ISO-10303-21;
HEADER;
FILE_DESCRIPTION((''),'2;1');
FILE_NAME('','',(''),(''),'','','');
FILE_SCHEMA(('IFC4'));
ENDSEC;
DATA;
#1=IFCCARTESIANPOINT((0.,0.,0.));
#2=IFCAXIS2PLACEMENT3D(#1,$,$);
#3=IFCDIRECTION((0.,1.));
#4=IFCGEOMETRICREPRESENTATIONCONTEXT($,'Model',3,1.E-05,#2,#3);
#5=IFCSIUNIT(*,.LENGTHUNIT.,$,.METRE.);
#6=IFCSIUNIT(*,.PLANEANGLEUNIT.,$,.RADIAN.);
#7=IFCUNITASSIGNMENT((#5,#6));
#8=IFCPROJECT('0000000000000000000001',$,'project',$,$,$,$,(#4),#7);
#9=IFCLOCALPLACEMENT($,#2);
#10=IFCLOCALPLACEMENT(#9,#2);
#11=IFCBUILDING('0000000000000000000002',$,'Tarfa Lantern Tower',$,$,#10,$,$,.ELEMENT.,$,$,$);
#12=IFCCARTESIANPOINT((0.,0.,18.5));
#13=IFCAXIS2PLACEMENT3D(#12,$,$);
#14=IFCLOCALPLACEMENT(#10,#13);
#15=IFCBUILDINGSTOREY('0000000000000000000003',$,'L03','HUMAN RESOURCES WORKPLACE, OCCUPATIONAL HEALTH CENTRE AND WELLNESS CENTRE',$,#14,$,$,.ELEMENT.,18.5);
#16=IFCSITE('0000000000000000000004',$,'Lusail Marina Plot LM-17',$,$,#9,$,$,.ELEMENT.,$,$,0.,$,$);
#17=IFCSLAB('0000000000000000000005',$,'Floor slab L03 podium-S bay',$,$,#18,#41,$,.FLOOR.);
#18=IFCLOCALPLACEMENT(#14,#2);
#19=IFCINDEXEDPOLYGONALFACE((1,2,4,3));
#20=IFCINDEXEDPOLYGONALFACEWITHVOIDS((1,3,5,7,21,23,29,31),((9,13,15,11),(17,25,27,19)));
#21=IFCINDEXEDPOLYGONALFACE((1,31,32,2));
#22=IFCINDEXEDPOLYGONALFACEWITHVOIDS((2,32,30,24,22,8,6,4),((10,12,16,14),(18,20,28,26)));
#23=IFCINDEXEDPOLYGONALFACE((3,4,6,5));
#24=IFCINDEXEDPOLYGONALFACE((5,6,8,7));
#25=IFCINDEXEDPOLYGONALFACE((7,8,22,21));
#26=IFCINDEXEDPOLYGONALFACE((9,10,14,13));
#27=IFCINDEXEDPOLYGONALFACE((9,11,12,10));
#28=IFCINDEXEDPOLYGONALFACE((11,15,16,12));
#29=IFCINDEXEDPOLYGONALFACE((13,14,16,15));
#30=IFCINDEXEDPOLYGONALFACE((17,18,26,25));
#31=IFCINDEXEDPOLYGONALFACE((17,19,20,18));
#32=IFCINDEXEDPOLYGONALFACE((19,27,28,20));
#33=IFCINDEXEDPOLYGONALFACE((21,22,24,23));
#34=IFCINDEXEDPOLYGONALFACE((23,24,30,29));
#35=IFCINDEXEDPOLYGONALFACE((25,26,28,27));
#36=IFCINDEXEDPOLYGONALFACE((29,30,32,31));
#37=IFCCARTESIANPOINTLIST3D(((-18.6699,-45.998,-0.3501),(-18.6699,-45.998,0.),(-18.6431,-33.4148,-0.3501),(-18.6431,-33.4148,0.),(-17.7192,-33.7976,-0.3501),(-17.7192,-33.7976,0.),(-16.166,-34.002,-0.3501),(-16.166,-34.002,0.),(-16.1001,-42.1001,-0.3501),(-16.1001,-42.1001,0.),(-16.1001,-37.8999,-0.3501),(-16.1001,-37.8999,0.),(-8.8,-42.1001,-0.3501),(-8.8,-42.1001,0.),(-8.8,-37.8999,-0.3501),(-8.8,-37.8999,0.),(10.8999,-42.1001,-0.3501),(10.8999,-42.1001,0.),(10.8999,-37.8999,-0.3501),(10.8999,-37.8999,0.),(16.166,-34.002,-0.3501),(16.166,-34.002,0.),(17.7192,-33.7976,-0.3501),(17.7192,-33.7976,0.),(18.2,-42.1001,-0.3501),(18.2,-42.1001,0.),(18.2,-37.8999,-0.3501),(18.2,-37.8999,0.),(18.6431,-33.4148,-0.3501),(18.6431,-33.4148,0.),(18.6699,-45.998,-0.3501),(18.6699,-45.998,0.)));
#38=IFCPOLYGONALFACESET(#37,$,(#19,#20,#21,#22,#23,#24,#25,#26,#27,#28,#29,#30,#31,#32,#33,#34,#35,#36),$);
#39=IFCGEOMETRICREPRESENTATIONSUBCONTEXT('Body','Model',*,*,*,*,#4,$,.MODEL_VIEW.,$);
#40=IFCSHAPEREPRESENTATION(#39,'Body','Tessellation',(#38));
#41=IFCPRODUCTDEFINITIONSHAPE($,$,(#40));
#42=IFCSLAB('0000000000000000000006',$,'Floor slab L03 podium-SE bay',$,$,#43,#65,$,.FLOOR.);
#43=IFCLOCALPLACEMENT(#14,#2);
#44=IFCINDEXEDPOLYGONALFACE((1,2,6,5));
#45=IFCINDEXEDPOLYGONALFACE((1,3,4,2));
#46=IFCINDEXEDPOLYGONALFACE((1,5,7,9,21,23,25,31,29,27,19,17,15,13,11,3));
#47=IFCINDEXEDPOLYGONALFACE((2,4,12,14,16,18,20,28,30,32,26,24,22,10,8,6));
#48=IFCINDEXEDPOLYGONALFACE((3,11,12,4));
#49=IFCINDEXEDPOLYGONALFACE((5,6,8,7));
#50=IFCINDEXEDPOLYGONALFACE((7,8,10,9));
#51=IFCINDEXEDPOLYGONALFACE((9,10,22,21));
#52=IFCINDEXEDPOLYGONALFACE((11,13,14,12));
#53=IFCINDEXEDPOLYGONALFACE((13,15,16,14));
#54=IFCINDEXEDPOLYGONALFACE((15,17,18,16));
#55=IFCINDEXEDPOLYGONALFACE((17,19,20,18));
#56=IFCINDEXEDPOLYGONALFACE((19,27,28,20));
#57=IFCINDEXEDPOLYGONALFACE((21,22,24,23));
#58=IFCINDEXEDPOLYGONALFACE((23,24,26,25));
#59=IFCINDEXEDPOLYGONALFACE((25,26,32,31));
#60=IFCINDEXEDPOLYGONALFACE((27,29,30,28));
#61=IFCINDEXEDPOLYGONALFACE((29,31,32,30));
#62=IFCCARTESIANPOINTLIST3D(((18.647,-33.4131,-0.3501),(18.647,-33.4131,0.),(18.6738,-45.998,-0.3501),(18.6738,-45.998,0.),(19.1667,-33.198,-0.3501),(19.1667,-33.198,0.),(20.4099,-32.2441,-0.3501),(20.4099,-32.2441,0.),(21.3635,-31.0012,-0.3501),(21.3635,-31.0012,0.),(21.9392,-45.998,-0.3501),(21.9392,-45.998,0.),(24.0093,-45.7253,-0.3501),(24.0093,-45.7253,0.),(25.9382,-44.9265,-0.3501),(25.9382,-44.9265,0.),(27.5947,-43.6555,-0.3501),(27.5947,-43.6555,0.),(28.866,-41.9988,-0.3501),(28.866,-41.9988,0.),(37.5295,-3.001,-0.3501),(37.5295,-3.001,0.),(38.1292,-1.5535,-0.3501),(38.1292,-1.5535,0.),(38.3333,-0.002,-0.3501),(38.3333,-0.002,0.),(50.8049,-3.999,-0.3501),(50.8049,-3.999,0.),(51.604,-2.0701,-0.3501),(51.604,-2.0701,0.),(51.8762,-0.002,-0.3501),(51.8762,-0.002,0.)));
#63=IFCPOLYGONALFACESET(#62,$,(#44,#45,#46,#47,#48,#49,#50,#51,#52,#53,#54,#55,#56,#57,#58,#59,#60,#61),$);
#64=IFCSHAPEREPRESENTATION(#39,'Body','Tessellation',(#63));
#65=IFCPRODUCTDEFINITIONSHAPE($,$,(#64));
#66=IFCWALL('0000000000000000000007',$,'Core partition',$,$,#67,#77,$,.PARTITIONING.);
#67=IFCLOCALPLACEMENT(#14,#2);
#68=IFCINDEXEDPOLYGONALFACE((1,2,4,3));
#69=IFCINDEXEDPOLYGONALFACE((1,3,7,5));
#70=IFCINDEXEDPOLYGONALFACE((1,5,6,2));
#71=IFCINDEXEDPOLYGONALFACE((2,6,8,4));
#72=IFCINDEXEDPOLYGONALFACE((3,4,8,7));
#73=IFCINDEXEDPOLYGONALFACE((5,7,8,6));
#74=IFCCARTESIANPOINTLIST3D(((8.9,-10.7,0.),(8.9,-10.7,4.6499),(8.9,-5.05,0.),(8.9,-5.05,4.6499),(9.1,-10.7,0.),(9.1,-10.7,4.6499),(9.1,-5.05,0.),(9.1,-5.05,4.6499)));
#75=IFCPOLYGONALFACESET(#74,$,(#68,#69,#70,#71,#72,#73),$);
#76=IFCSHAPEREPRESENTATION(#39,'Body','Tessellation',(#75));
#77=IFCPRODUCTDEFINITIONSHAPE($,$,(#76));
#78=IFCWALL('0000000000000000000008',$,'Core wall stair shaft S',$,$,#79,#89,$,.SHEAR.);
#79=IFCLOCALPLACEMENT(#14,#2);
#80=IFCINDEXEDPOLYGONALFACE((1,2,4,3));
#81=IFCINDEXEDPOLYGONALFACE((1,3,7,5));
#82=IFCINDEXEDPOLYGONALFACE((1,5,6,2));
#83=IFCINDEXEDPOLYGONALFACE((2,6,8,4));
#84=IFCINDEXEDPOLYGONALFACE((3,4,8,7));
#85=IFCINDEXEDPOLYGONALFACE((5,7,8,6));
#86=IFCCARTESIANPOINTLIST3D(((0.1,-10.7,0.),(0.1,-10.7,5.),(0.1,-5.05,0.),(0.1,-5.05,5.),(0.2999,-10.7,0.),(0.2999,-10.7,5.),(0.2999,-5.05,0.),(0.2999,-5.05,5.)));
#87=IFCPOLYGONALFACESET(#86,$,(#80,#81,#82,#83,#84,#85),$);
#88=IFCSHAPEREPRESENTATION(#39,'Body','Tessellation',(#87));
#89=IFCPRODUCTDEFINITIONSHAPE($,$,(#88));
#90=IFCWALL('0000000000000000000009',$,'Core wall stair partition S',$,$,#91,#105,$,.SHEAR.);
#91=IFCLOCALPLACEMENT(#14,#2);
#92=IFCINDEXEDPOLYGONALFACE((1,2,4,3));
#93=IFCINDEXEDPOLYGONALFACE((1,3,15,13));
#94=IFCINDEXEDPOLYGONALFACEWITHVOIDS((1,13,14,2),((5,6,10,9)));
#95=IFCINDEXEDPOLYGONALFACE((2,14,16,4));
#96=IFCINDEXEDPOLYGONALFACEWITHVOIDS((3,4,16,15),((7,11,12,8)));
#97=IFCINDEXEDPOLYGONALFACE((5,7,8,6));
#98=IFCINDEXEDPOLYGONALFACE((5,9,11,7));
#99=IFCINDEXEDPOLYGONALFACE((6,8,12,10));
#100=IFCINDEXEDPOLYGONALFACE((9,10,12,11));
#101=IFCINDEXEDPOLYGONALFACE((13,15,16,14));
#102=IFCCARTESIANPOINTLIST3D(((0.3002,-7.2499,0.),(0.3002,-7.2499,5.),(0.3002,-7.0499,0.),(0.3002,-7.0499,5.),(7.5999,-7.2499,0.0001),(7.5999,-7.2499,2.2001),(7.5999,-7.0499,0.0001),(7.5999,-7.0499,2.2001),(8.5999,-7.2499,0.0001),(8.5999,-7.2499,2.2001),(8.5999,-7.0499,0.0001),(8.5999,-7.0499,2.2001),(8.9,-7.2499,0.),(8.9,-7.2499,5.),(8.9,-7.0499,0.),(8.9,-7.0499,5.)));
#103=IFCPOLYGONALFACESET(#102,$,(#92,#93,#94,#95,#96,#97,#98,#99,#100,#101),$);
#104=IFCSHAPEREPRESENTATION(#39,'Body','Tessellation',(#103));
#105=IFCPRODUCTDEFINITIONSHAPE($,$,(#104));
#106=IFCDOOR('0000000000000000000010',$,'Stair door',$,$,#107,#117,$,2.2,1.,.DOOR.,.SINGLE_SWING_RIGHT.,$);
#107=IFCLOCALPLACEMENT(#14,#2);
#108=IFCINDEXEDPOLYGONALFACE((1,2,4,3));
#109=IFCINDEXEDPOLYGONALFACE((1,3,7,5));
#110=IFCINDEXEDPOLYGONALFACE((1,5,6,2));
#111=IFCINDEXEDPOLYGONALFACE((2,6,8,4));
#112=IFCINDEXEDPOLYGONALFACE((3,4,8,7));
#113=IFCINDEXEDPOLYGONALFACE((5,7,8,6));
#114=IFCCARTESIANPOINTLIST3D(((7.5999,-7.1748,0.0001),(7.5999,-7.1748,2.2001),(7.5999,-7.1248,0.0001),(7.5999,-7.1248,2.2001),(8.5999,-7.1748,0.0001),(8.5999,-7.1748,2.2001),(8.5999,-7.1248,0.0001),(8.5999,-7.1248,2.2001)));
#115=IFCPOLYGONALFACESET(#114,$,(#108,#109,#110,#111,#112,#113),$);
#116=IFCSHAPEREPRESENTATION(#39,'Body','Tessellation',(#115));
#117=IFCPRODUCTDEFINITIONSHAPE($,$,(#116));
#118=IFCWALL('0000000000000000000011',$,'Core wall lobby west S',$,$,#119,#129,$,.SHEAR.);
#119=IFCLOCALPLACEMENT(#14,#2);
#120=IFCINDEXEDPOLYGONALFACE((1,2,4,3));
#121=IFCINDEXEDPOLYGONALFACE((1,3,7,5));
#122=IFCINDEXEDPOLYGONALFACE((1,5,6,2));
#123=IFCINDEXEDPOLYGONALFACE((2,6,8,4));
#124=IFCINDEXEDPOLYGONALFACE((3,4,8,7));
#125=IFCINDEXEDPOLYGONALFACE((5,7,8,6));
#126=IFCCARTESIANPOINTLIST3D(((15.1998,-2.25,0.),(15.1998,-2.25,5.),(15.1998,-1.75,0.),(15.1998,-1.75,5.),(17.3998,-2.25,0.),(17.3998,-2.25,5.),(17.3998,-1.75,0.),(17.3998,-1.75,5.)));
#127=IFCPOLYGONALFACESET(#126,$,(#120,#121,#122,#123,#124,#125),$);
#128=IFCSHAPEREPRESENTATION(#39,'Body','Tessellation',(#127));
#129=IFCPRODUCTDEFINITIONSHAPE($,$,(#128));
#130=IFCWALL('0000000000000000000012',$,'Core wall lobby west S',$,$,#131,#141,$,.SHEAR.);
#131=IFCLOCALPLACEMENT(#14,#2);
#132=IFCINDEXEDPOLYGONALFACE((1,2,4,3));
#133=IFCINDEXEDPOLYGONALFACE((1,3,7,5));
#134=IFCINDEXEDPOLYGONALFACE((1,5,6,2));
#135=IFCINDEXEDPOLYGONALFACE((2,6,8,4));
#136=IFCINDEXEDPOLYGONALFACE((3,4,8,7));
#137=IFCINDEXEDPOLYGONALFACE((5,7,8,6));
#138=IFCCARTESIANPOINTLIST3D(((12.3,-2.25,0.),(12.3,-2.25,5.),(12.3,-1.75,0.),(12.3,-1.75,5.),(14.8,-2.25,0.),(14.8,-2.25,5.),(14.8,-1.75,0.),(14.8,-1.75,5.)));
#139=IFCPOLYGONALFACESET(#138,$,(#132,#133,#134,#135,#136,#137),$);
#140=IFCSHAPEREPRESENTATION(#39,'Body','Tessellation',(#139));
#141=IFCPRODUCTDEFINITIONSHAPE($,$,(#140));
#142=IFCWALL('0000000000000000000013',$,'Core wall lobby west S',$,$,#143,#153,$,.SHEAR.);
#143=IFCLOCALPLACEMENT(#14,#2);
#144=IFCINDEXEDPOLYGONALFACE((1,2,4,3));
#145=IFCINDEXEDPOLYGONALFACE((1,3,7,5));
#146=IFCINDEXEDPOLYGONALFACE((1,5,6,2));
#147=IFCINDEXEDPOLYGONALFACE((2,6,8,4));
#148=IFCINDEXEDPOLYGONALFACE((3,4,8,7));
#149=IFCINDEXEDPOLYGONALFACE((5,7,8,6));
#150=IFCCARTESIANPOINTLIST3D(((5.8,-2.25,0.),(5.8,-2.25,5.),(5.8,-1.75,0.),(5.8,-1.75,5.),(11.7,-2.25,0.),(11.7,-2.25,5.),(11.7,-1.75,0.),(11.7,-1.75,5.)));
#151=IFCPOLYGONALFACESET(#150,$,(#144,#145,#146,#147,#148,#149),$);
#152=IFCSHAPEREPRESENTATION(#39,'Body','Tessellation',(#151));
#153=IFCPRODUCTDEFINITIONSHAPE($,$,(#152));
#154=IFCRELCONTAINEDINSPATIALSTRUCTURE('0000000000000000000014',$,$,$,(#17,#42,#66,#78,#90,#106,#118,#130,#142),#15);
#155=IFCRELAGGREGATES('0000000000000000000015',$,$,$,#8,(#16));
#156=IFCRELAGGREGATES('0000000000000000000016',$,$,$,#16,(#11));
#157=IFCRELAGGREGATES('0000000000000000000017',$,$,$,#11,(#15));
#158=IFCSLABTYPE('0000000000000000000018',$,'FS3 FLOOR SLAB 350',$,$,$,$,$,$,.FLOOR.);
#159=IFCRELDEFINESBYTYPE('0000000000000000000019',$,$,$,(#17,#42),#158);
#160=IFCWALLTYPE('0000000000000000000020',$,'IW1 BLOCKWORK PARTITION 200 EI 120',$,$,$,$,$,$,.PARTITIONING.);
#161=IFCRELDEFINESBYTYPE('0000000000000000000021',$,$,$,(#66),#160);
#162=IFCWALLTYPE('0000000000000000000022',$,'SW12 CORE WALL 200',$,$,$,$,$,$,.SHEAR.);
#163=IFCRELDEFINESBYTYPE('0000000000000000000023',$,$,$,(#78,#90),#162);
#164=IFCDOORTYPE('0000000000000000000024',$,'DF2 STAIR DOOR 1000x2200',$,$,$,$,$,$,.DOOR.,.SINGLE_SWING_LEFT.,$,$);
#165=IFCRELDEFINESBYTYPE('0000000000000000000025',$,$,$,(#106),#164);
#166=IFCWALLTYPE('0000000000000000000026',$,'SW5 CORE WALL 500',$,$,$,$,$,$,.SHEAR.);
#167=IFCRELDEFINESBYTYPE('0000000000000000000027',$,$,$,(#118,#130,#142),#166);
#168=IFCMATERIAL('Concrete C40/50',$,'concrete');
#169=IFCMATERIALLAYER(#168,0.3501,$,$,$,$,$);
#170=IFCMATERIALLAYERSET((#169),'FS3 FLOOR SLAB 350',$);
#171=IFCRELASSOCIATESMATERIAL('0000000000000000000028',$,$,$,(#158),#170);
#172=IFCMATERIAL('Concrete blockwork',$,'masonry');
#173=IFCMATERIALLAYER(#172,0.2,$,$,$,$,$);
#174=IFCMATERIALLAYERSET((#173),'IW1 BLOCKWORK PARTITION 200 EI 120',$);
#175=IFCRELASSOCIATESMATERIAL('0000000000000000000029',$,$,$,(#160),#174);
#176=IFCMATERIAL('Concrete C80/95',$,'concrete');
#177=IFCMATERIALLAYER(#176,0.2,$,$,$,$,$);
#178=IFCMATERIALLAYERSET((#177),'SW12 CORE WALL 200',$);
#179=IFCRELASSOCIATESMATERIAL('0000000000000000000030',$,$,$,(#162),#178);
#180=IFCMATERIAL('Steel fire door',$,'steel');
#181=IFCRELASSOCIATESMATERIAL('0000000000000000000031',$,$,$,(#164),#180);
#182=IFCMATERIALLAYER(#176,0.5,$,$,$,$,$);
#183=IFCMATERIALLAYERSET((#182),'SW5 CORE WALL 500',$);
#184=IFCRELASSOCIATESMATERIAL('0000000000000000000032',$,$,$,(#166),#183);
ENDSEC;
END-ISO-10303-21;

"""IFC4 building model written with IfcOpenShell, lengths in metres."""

from ifc_helpers import new_model, si_unit, direction, frame, frame_2d, origin, place, context, subcontext, project, spatial, polyline, rectangle, outline, extrude, material, layer, layer_set, type_object, element, fill, save


model = new_model("IFC4")

# Units and contexts
model_context = context("Model", 3, precision=1e-05, world=origin(), true_north=direction((0.0, 1.0)))
body_context = subcontext(model_context, "Body", "Model", "MODEL_VIEW")
ifc_project = project(units=[si_unit("LENGTHUNIT", "METRE"), si_unit("PLANEANGLEUNIT", "RADIAN")], contexts=[model_context])

# Site, building, storey
site_placement = place(None, origin())
site = spatial("IfcSite", under=ifc_project, at=site_placement, Name="Lusail Marina Plot LM-17", CompositionType="ELEMENT", RefElevation=0.0)
building_placement = place(site_placement, origin())
building = spatial("IfcBuilding", under=site, at=building_placement, Name="Tarfa Lantern Tower", CompositionType="ELEMENT")
storey_placement = place(building_placement, frame((0.0, 0.0, 18.5)))
storey = spatial("IfcBuildingStorey", under=building, at=storey_placement, Name="L03", Description="HUMAN RESOURCES WORKPLACE, OCCUPATIONAL HEALTH CENTRE AND WELLNESS CENTRE", CompositionType="ELEMENT", Elevation=18.5)

# Slabs
ifc_material_1 = material(Name="Concrete C40/50", Category="concrete")
ifc_layer_1 = layer(ifc_material_1, 0.3501)
ifc_layer_set_1 = layer_set([ifc_layer_1], Name="FS3 FLOOR SLAB 350")
slab_type = type_object("IfcSlabType", Name="FS3 FLOOR SLAB 350", PredefinedType="FLOOR", material=ifc_layer_set_1)
slab_1_placement = place(storey_placement, frame((0.0, 0.0, -0.3501)))
element("IfcSlab", 1, at=slab_1_placement, inside=storey, type_object=slab_type, Name="Floor slab L03 podium-S bay", PredefinedType="FLOOR", context=body_context, shape_type="SweptSolid", body=[
    extrude(outline(polyline([(18.6431, -33.4148), (17.7192, -33.7976), (16.166, -34.002), (-16.166, -34.002), (-17.7192, -33.7976), (-18.6431, -33.4148), (-18.6699, -45.998), (18.6699, -45.998), (18.6431, -33.4148)]), holes=[polyline([(-16.1001, -42.1001), (-8.8, -42.1001), (-8.8, -37.8999), (-16.1001, -37.8999), (-16.1001, -42.1001)]), polyline([(10.8999, -42.1001), (18.2, -42.1001), (18.2, -37.8999), (10.8999, -37.8999), (10.8999, -42.1001)])]), origin(), (0.0, 0.0, 1.0), 0.3501),
])
slab_2_placement = place(storey_placement, frame((0.0, 0.0, -0.3501)))
element("IfcSlab", 2, at=slab_2_placement, inside=storey, type_object=slab_type, Name="Floor slab L03 podium-SE bay", PredefinedType="FLOOR", context=body_context, shape_type="SweptSolid", body=[
    extrude(outline(polyline([(38.3333, -0.002), (38.1292, -1.5535), (37.5295, -3.001), (21.3635, -31.0012), (20.4099, -32.2441), (19.1667, -33.198), (18.647, -33.4131), (18.6738, -45.998), (21.9392, -45.998), (24.0093, -45.7253), (25.9382, -44.9265), (27.5947, -43.6555), (28.866, -41.9988), (50.8049, -3.999), (51.604, -2.0701), (51.8762, -0.002), (38.3333, -0.002)])), origin(), (0.0, 0.0, 1.0), 0.3501),
])

# Walls
ifc_material_2 = material(Name="Concrete blockwork", Category="masonry")
ifc_layer_2 = layer(ifc_material_2, 0.2)
ifc_layer_set_2 = layer_set([ifc_layer_2], Name="IW1 BLOCKWORK PARTITION 200 EI 120")
wall_type_1 = type_object("IfcWallType", Name="IW1 BLOCKWORK PARTITION 200 EI 120", PredefinedType="PARTITIONING", material=ifc_layer_set_2)
wall_1_placement = place(storey_placement, frame((9.0, -5.05, 0.0), z_axis=(0.0, 0.0, 1.0), x_axis=(0.0, -1.0, 0.0)))
element("IfcWall", 3, at=wall_1_placement, inside=storey, type_object=wall_type_1, Name="Core partition", PredefinedType="PARTITIONING", context=body_context, shape_type="SweptSolid", body=[
    extrude(rectangle(XDim=5.6499, YDim=0.2, at=frame_2d((2.825, 0.0))), origin(), (0.0, 0.0, 1.0), 4.6499),
])
ifc_material_3 = material(Name="Concrete C80/95", Category="concrete")
ifc_layer_3 = layer(ifc_material_3, 0.2)
ifc_layer_set_3 = layer_set([ifc_layer_3], Name="SW12 CORE WALL 200")
wall_type_2 = type_object("IfcWallType", Name="SW12 CORE WALL 200", PredefinedType="SHEAR", material=ifc_layer_set_3)
wall_2_placement = place(storey_placement, frame((0.2, -5.05, 0.0), z_axis=(0.0, 0.0, 1.0), x_axis=(0.0, -1.0, 0.0)))
element("IfcWall", 4, at=wall_2_placement, inside=storey, type_object=wall_type_2, Name="Core wall stair shaft S", PredefinedType="SHEAR", context=body_context, shape_type="SweptSolid", body=[
    extrude(rectangle(XDim=5.6499, YDim=0.2, at=frame_2d((2.825, 0.0))), origin(), (0.0, 0.0, 1.0), 5.0),
])

# Wall, opening, door
wall_3_placement = place(storey_placement, frame((8.8999, -7.1499, 0.0), z_axis=(0.0, 0.0, 1.0), x_axis=(-1.0, 0.0, 0.0)))
wall_3 = element("IfcWall", 5, at=wall_3_placement, inside=storey, type_object=wall_type_2, Name="Core wall stair partition S", PredefinedType="SHEAR", context=body_context, shape_type="SweptSolid", body=[
    extrude(rectangle(XDim=8.5999, YDim=0.2, at=frame_2d((4.2998, 0.0))), origin(), (0.0, 0.0, 1.0), 5.0),
])
opening_1_placement = place(wall_3_placement, frame((0.3, 0.0, 0.0)))
opening_1 = element("IfcOpeningElement", 6, at=opening_1_placement, cuts=wall_3, PredefinedType="OPENING", context=body_context, shape_type="SweptSolid", body=[
    extrude(rectangle(XDim=1.0, YDim=2.2, at=frame_2d((0.5, 1.1001))), frame((0.0, 0.1099, 0.0), z_axis=(0.0, -1.0, 0.0), x_axis=(1.0, 0.0, 0.0)), (0.0, 0.0, 1.0), 0.22),
])
ifc_material_4 = material(Name="Steel fire door", Category="steel")
door_type_1 = type_object("IfcDoorType", Name="DF2 STAIR DOOR 1000x2200", OperationType="SINGLE_SWING_LEFT", PredefinedType="DOOR", material=ifc_material_4)
door_1_placement = place(opening_1_placement, origin())
door_1 = element("IfcDoor", 7, at=door_1_placement, inside=storey, type_object=door_type_1, Name="Stair door", OperationType="SINGLE_SWING_RIGHT", OverallHeight=2.2, OverallWidth=1.0, PredefinedType="DOOR", context=body_context, shape_type="SweptSolid", body=[
    extrude(rectangle(XDim=1.0, YDim=2.2, at=frame_2d((0.5, 1.1001))), frame((0.0, 0.0249, 0.0), z_axis=(0.0, -1.0, 0.0), x_axis=(1.0, 0.0, 0.0)), (0.0, 0.0, 1.0), 0.05),
])
fill(opening_1, door_1)

# Walls
ifc_layer_4 = layer(ifc_material_3, 0.5)
ifc_layer_set_4 = layer_set([ifc_layer_4], Name="SW5 CORE WALL 500")
wall_type_3 = type_object("IfcWallType", Name="SW5 CORE WALL 500", PredefinedType="SHEAR", material=ifc_layer_set_4)
wall_4_placement = place(storey_placement, frame((17.3999, -2.0, 0.0), z_axis=(0.0, 0.0, 1.0), x_axis=(-1.0, 0.0, 0.0)))
element("IfcWall", 8, at=wall_4_placement, inside=storey, type_object=wall_type_3, Name="Core wall lobby west S", PredefinedType="SHEAR", context=body_context, shape_type="SweptSolid", body=[
    extrude(rectangle(XDim=2.2, YDim=0.5, at=frame_2d((1.1001, 0.0))), origin(), (0.0, 0.0, 1.0), 5.0),
])
wall_5_placement = place(storey_placement, frame((14.8, -2.0, 0.0), z_axis=(0.0, 0.0, 1.0), x_axis=(-1.0, 0.0, 0.0)))
element("IfcWall", 9, at=wall_5_placement, inside=storey, type_object=wall_type_3, Name="Core wall lobby west S", PredefinedType="SHEAR", context=body_context, shape_type="SweptSolid", body=[
    extrude(rectangle(XDim=2.5, YDim=0.5, at=frame_2d((1.25, 0.0))), origin(), (0.0, 0.0, 1.0), 5.0),
])
wall_6_placement = place(storey_placement, frame((11.7, -2.0, 0.0), z_axis=(0.0, 0.0, 1.0), x_axis=(-1.0, 0.0, 0.0)))
element("IfcWall", 10, at=wall_6_placement, inside=storey, type_object=wall_type_3, Name="Core wall lobby west S", PredefinedType="SHEAR", context=body_context, shape_type="SweptSolid", body=[
    extrude(rectangle(XDim=5.8999, YDim=0.5, at=frame_2d((2.95, 0.0))), origin(), (0.0, 0.0, 1.0), 5.0),
])

save(model, "model.ifc")
